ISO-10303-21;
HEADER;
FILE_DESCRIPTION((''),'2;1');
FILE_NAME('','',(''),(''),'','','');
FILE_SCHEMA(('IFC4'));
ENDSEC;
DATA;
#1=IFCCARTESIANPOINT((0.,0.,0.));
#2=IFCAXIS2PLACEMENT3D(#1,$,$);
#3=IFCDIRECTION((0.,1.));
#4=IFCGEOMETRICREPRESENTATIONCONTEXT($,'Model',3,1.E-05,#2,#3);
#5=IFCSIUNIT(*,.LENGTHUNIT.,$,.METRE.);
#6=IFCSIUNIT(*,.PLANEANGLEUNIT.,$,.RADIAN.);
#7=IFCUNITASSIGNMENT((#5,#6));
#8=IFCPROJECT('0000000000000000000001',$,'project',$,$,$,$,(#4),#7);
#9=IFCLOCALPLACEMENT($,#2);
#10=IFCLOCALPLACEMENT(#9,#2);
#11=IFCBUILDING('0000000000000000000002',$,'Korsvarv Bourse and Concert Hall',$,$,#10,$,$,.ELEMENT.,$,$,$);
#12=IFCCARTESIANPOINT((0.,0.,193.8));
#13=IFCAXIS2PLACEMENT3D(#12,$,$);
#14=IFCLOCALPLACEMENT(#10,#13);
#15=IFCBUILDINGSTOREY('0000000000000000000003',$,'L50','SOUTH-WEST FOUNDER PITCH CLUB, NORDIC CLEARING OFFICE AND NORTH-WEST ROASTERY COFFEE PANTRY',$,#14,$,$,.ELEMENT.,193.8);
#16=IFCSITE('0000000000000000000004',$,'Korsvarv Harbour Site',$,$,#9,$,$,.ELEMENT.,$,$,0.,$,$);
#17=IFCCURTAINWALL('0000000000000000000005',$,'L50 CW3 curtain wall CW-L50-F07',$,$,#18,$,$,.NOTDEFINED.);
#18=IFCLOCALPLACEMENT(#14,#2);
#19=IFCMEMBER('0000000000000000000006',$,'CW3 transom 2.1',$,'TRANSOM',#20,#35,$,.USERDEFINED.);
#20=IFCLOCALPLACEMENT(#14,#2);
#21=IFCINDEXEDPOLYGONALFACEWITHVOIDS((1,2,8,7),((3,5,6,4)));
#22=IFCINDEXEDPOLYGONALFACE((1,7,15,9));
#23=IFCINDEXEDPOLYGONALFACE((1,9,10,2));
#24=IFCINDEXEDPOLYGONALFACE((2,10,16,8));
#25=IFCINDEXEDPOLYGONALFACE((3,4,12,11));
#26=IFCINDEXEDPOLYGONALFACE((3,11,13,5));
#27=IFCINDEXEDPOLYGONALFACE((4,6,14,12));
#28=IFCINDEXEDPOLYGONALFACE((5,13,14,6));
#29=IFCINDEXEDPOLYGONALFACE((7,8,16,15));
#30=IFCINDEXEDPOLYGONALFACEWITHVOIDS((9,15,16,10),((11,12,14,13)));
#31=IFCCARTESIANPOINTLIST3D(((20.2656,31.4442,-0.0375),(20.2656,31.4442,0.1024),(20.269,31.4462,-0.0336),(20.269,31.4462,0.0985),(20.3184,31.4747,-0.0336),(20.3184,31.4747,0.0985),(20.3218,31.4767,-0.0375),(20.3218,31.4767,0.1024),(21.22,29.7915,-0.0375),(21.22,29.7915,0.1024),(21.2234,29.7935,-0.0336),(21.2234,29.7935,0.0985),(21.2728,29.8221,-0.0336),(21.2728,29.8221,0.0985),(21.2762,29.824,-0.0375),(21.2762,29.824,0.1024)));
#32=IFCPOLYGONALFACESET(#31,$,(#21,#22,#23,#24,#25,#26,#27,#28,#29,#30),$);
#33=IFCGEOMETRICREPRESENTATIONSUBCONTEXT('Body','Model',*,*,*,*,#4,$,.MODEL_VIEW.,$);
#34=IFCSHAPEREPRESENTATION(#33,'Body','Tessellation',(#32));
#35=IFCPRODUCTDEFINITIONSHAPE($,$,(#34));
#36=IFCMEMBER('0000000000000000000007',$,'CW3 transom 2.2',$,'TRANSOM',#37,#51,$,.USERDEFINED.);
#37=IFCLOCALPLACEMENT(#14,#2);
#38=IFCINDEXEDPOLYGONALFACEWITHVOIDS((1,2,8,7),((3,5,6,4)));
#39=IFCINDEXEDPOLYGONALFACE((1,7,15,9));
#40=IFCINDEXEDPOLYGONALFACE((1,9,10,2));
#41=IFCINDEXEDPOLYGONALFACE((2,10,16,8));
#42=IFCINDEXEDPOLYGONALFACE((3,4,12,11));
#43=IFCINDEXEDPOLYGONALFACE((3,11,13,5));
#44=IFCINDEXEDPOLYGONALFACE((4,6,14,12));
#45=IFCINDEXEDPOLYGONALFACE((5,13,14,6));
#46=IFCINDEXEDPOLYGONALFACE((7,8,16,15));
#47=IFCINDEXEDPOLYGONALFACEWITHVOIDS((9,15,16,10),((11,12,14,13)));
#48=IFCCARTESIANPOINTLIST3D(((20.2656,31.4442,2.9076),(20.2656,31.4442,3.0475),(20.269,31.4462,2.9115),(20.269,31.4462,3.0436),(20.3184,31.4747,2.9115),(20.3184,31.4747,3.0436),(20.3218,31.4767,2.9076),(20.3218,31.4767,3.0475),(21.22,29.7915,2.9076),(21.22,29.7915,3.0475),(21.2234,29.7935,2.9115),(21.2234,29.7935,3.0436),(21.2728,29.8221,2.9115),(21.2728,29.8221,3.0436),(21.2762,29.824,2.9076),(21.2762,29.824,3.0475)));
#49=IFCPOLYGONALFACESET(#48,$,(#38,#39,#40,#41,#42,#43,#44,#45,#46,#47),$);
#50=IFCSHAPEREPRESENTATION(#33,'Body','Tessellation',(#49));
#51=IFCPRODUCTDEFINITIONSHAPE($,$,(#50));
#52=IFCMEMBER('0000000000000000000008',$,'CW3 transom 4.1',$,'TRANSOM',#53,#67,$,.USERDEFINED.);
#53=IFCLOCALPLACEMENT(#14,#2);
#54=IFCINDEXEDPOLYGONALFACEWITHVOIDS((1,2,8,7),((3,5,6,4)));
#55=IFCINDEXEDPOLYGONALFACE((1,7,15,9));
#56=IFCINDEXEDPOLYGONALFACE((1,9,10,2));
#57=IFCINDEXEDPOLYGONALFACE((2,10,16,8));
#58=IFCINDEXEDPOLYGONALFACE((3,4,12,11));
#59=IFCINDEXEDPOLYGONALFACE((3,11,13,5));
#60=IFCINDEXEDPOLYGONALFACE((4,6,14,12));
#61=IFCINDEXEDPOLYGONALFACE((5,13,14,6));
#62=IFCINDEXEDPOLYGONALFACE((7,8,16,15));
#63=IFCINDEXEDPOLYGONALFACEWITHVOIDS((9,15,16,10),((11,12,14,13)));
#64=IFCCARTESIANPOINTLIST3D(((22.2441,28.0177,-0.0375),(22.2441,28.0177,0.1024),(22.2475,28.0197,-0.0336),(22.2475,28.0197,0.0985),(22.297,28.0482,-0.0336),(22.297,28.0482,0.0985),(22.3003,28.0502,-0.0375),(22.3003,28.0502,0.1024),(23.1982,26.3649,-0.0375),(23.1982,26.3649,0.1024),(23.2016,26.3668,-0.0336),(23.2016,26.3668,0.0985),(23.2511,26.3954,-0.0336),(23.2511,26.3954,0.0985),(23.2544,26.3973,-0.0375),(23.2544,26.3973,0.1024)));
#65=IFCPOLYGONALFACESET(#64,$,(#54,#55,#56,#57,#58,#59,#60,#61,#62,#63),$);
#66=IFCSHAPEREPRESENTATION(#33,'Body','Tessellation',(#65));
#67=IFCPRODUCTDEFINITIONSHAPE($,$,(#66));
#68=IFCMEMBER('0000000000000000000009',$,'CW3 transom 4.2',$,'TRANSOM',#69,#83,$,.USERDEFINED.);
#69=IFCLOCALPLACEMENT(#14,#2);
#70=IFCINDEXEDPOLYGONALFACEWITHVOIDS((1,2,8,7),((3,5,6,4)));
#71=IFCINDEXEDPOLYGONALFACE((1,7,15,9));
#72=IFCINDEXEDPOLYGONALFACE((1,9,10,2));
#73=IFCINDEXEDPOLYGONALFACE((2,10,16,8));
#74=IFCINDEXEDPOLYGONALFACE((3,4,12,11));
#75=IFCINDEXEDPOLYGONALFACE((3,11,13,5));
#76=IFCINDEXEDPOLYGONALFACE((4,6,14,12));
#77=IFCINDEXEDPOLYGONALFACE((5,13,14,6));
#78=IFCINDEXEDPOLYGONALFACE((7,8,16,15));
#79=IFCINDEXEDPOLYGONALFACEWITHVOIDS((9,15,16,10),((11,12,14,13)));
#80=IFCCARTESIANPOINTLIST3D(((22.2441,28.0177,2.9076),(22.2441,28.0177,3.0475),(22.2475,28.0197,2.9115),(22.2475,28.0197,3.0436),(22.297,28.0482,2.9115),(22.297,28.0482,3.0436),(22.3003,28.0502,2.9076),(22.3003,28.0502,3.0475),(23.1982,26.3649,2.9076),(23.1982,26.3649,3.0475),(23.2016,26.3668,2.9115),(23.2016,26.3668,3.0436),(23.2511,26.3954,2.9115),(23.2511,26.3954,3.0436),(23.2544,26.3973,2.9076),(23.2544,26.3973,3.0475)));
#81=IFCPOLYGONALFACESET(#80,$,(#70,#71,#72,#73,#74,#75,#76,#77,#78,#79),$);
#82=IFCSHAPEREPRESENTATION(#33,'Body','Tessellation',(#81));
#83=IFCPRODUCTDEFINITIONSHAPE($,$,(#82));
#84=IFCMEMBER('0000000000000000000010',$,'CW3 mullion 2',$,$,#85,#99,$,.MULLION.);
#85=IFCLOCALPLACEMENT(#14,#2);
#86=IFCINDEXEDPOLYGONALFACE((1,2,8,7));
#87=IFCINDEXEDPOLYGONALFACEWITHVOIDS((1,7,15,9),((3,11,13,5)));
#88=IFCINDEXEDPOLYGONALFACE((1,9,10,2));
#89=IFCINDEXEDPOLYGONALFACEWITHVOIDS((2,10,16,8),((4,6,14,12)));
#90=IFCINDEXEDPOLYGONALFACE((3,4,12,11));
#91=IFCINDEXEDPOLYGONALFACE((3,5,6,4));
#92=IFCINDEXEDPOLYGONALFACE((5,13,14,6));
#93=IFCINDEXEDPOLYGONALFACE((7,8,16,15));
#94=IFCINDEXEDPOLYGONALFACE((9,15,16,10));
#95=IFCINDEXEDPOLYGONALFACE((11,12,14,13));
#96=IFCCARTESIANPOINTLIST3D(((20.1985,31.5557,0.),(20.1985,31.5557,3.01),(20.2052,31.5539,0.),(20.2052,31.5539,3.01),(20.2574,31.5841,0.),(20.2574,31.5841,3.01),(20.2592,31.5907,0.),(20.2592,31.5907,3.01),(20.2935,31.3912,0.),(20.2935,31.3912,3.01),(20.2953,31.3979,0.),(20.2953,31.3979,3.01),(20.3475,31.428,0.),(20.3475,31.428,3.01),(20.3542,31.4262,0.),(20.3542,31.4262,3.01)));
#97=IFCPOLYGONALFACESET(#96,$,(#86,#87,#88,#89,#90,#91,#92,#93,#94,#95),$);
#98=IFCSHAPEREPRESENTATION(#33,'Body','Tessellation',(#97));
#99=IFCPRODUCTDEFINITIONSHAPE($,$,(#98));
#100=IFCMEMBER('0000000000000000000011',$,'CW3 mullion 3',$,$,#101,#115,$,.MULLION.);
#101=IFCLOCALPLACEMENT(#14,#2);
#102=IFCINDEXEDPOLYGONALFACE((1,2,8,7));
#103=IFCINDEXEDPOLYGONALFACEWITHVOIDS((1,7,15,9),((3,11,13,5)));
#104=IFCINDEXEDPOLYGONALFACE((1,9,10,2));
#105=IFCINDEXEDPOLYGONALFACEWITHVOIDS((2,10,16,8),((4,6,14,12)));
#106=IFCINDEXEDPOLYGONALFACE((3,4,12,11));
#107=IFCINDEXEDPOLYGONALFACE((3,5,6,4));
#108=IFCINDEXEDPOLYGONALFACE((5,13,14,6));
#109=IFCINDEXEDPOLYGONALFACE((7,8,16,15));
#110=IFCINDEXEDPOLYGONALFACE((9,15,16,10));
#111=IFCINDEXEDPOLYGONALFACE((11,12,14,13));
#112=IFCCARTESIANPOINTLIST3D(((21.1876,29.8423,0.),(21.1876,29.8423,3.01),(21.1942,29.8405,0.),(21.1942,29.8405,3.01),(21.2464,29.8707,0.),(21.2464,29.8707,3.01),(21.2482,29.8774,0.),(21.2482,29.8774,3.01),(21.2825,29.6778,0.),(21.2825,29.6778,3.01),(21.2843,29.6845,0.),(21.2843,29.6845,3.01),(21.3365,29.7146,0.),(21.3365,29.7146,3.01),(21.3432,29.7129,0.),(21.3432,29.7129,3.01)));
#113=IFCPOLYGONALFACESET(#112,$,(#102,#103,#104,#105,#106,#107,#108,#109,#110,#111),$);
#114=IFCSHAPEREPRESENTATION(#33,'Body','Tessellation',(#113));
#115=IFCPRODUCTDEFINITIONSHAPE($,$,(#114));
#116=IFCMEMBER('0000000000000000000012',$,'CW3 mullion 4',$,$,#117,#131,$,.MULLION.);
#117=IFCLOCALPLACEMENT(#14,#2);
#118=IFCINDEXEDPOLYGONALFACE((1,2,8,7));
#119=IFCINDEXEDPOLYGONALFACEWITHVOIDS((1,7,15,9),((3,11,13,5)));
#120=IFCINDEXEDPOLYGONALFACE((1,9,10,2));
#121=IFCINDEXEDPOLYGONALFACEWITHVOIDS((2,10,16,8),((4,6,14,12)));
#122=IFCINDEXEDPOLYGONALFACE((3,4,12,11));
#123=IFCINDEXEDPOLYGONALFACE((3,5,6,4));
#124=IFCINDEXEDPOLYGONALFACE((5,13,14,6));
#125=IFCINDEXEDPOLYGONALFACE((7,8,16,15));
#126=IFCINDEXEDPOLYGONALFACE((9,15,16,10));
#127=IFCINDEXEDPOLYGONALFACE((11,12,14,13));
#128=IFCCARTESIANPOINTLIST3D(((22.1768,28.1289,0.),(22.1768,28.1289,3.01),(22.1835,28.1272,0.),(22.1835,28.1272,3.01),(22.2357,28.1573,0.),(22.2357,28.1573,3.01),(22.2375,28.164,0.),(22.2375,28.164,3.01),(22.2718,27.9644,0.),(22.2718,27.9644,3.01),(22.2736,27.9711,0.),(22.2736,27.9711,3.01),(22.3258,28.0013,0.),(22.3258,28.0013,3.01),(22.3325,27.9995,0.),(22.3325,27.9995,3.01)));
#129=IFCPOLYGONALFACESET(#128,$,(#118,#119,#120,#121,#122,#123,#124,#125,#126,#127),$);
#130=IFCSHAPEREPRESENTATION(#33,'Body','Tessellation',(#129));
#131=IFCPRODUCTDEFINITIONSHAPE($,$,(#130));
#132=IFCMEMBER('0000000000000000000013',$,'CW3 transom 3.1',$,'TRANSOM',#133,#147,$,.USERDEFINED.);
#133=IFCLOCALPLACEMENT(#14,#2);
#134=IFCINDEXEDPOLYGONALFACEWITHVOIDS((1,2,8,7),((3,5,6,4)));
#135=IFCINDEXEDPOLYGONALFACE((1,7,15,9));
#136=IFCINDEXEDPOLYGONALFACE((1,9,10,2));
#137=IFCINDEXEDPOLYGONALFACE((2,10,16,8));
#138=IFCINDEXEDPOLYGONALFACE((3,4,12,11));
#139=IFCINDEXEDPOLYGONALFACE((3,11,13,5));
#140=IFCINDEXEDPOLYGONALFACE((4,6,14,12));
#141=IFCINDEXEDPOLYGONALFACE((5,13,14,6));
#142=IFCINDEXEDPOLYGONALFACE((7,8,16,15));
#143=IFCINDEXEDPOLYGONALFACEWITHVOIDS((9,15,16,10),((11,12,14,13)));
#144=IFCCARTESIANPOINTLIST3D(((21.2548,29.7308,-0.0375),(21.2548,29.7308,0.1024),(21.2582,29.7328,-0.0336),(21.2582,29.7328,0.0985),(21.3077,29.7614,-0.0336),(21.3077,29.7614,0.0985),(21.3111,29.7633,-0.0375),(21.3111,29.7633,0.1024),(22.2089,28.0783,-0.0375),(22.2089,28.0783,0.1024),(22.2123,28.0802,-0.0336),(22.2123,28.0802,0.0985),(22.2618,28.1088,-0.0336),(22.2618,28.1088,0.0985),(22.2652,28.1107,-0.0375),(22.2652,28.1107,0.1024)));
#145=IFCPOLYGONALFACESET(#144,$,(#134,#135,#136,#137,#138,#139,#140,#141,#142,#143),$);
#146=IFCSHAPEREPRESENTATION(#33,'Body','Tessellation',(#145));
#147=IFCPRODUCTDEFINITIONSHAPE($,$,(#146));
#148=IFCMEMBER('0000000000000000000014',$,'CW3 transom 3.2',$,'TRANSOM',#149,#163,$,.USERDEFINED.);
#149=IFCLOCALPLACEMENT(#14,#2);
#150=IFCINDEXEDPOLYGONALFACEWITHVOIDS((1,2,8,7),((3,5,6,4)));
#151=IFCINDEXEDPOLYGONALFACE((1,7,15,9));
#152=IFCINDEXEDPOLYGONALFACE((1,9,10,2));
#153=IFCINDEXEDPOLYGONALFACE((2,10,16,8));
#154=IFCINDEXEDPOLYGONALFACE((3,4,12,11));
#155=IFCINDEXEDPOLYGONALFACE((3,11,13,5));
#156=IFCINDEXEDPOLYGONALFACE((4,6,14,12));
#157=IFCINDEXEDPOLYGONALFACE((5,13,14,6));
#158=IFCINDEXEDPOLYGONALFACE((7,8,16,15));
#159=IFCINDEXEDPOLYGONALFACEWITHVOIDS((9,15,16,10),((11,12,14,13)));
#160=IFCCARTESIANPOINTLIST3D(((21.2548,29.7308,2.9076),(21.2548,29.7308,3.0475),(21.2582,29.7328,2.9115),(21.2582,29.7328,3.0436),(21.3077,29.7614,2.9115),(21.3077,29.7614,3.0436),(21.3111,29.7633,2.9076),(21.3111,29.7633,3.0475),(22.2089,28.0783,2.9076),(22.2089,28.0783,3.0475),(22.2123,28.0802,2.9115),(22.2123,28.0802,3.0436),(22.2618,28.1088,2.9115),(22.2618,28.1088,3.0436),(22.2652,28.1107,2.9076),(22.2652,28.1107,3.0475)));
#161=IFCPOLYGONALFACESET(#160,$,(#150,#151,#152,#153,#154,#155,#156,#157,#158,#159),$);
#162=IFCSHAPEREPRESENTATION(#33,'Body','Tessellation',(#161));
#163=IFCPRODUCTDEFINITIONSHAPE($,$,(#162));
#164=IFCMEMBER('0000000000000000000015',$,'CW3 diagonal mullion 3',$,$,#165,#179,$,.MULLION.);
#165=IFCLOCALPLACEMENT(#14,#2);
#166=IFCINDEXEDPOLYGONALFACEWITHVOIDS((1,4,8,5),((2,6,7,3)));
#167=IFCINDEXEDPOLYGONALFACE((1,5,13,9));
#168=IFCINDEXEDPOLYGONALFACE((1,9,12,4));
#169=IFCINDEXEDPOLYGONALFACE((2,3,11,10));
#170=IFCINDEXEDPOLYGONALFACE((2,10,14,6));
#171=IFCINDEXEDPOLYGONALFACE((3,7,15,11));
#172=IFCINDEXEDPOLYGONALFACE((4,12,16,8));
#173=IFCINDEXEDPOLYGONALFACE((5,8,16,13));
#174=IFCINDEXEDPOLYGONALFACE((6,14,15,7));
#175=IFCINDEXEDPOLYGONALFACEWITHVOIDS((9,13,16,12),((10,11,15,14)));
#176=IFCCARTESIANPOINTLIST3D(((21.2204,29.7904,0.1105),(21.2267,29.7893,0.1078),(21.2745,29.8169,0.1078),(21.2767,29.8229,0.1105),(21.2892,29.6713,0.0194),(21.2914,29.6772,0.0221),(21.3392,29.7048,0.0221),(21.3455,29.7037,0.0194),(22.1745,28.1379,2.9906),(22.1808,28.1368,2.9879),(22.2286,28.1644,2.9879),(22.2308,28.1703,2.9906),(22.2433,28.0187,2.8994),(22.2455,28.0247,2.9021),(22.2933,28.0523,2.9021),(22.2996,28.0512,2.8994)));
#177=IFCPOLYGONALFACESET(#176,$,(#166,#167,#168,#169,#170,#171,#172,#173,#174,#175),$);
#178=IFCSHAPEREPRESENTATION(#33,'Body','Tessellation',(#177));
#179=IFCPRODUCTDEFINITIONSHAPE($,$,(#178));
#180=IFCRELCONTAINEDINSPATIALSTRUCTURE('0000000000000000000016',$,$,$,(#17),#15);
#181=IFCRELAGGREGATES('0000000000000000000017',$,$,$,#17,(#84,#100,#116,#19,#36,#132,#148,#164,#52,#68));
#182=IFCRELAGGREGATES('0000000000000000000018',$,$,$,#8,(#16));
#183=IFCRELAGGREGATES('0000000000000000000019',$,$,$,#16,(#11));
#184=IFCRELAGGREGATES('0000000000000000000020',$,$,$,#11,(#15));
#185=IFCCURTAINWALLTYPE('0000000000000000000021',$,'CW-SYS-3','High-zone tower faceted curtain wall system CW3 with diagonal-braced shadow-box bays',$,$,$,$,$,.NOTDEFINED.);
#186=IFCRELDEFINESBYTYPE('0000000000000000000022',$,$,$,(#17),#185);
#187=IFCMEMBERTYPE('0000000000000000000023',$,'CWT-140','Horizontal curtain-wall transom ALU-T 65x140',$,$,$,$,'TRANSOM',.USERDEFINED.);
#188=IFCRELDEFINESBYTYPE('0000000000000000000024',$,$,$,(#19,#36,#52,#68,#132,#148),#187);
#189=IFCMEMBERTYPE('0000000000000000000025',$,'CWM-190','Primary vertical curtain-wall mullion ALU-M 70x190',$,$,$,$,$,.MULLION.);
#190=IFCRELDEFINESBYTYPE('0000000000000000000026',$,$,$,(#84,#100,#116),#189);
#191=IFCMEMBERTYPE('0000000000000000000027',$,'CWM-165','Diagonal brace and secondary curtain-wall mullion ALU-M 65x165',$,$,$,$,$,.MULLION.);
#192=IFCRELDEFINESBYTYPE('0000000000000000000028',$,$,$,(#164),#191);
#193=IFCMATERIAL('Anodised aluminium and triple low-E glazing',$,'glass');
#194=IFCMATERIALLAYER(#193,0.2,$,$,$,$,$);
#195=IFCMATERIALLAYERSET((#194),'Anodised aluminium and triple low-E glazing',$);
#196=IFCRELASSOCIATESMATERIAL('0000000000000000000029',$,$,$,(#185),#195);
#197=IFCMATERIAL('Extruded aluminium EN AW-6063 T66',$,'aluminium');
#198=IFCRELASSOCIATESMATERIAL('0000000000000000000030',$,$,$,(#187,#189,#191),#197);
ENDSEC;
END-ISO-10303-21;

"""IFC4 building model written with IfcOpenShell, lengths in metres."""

from ifc_helpers import new_model, si_unit, direction, frame, origin, origin_2d, place, context, subcontext, project, spatial, hollow_rectangle, extrude, source, transform, mapped, material, layer, layer_set, material_profile, profile_set, type_object, element, aggregate, save


model = new_model("IFC4")

# Units and contexts
model_context = context("Model", 3, precision=1e-05, world=origin(), true_north=direction((0.0, 1.0)))
body_context = subcontext(model_context, "Body", "Model", "MODEL_VIEW")
ifc_project = project(units=[si_unit("LENGTHUNIT", "METRE"), si_unit("PLANEANGLEUNIT", "RADIAN")], contexts=[model_context])

# Site, building, storey
site_placement = place(None, origin())
site = spatial("IfcSite", under=ifc_project, at=site_placement, Name="Korsvarv Harbour Site", CompositionType="ELEMENT", RefElevation=0.0)
building_placement = place(site_placement, origin())
building = spatial("IfcBuilding", under=site, at=building_placement, Name="Korsvarv Bourse and Concert Hall", CompositionType="ELEMENT")
storey_placement = place(building_placement, frame((0.0, 0.0, 193.8)))
storey = spatial("IfcBuildingStorey", under=building, at=storey_placement, Name="L50", Description="SOUTH-WEST FOUNDER PITCH CLUB, NORDIC CLEARING OFFICE AND NORTH-WEST ROASTERY COFFEE PANTRY", CompositionType="ELEMENT", Elevation=193.8)

# Curtain wall, members
ifc_material_1 = material(Name="Anodised aluminium and triple low-E glazing", Category="glass")
ifc_layer_1 = layer(ifc_material_1, 0.2)
ifc_layer_set_1 = layer_set([ifc_layer_1], Name="Anodised aluminium and triple low-E glazing")
curtain_wall_type = type_object("IfcCurtainWallType", Name="CW-SYS-3", Description="High-zone tower faceted curtain wall system CW3 with diagonal-braced shadow-box bays", PredefinedType="NOTDEFINED", material=ifc_layer_set_1)
curtain_wall_placement = place(storey_placement, origin())
curtain_wall = element("IfcCurtainWall", 1, at=curtain_wall_placement, inside=storey, type_object=curtain_wall_type, Name="L50 CW3 curtain wall CW-L50-F07", PredefinedType="NOTDEFINED")
ifc_material_2 = material(Name="Extruded aluminium EN AW-6063 T66", Category="aluminium")
ifc_material_profile_1 = material_profile(ifc_material_2, hollow_rectangle(XDim=0.0649, YDim=0.1399, WallThickness=0.0039, at=origin_2d()), Name="ALU-T 65x140")
ifc_profile_set_1 = profile_set([ifc_material_profile_1], Name="Extruded aluminium EN AW-6063 T66")
member_type_1 = type_object("IfcMemberType", Name="CWT-140", Description="Horizontal curtain-wall transom ALU-T 65x140", ElementType="TRANSOM", PredefinedType="USERDEFINED", material=ifc_profile_set_1)
shared_shape_1 = source(origin(), body_context, "Body", "SweptSolid", [
    extrude(hollow_rectangle(XDim=0.0649, YDim=0.1399, WallThickness=0.0039, at=origin_2d()), origin(), (0.0, 0.0, 1.0), 1.9084),
])
member_1_placement = place(storey_placement, frame((20.2937, 31.4604, 0.0325), z_axis=(0.500088, -0.865975, 0.0), x_axis=(0.865975, 0.500088, 0.0)))
member_1 = element("IfcMember", 2, at=member_1_placement, type_object=member_type_1, Name="CW3 transom 2.1", ObjectType="TRANSOM", PredefinedType="USERDEFINED", context=body_context, shape_type="MappedRepresentation", body=[
    mapped(shared_shape_1, transform((0.0, 0.0, 0.0), scale=1.0)),
])
member_2_placement = place(storey_placement, frame((20.2937, 31.4604, 2.9775), z_axis=(0.500088, -0.865975, 0.0), x_axis=(0.865975, 0.500088, 0.0)))
member_2 = element("IfcMember", 3, at=member_2_placement, type_object=member_type_1, Name="CW3 transom 2.2", ObjectType="TRANSOM", PredefinedType="USERDEFINED", context=body_context, shape_type="MappedRepresentation", body=[
    mapped(shared_shape_1, transform((0.0, 0.0, 0.0), scale=1.0)),
])
member_3_placement = place(storey_placement, frame((22.2722, 28.0339, 0.0325), z_axis=(0.499937, -0.866062, 0.0), x_axis=(0.866062, 0.499937, 0.0)))
member_3 = element("IfcMember", 4, at=member_3_placement, type_object=member_type_1, Name="CW3 transom 4.1", ObjectType="TRANSOM", PredefinedType="USERDEFINED", context=body_context, shape_type="MappedRepresentation", body=[
    mapped(shared_shape_1, transform((0.0, 0.0, 0.0), scale=1.0)),
])
member_4_placement = place(storey_placement, frame((22.2722, 28.0339, 2.9775), z_axis=(0.499937, -0.866062, 0.0), x_axis=(0.866062, 0.499937, 0.0)))
member_4 = element("IfcMember", 5, at=member_4_placement, type_object=member_type_1, Name="CW3 transom 4.2", ObjectType="TRANSOM", PredefinedType="USERDEFINED", context=body_context, shape_type="MappedRepresentation", body=[
    mapped(shared_shape_1, transform((0.0, 0.0, 0.0), scale=1.0)),
])
ifc_material_profile_2 = material_profile(ifc_material_2, hollow_rectangle(XDim=0.0701, YDim=0.1899, WallThickness=0.0049, at=origin_2d()), Name="ALU-M 70x190")
ifc_profile_set_2 = profile_set([ifc_material_profile_2], Name="Extruded aluminium EN AW-6063 T66")
member_type_2 = type_object("IfcMemberType", Name="CWM-190", Description="Primary vertical curtain-wall mullion ALU-M 70x190", PredefinedType="MULLION", material=ifc_profile_set_2)
shared_shape_2 = source(origin(), body_context, "Body", "SweptSolid", [
    extrude(hollow_rectangle(XDim=0.0701, YDim=0.1899, WallThickness=0.0049, at=origin_2d()), origin(), (0.0, 0.0, 1.0), 3.01),
])
member_5_placement = place(storey_placement, frame((20.2764, 31.491, 0.0), z_axis=(0.0, 0.0, 1.0), x_axis=(0.86603, 0.499993, 0.0)))
member_5 = element("IfcMember", 6, at=member_5_placement, type_object=member_type_2, Name="CW3 mullion 2", PredefinedType="MULLION", context=body_context, shape_type="MappedRepresentation", body=[
    mapped(shared_shape_2, transform((0.0, 0.0, 0.0), scale=1.0)),
])
member_6_placement = place(storey_placement, frame((21.2654, 29.7776, 0.0), z_axis=(0.0, 0.0, 1.0), x_axis=(0.86603, 0.499993, 0.0)))
member_6 = element("IfcMember", 7, at=member_6_placement, type_object=member_type_2, Name="CW3 mullion 3", PredefinedType="MULLION", context=body_context, shape_type="MappedRepresentation", body=[
    mapped(shared_shape_2, transform((0.0, 0.0, 0.0), scale=1.0)),
])
member_7_placement = place(storey_placement, frame((22.2546, 28.0642, 0.0), z_axis=(0.0, 0.0, 1.0), x_axis=(0.86603, 0.499993, 0.0)))
member_7 = element("IfcMember", 8, at=member_7_placement, type_object=member_type_2, Name="CW3 mullion 4", PredefinedType="MULLION", context=body_context, shape_type="MappedRepresentation", body=[
    mapped(shared_shape_2, transform((0.0, 0.0, 0.0), scale=1.0)),
])
shared_shape_3 = source(origin(), body_context, "Body", "SweptSolid", [
    extrude(hollow_rectangle(XDim=0.0649, YDim=0.1399, WallThickness=0.0039, at=origin_2d()), origin(), (0.0, 0.0, 1.0), 1.9082),
])
member_8_placement = place(storey_placement, frame((21.283, 29.7471, 0.0325), z_axis=(0.499992, -0.86603, 0.0), x_axis=(0.86603, 0.499992, 0.0)))
member_8 = element("IfcMember", 9, at=member_8_placement, type_object=member_type_1, Name="CW3 transom 3.1", ObjectType="TRANSOM", PredefinedType="USERDEFINED", context=body_context, shape_type="MappedRepresentation", body=[
    mapped(shared_shape_3, transform((0.0, 0.0, 0.0), scale=1.0)),
])
member_9_placement = place(storey_placement, frame((21.283, 29.7471, 2.9775), z_axis=(0.499992, -0.86603, 0.0), x_axis=(0.86603, 0.499992, 0.0)))
member_9 = element("IfcMember", 10, at=member_9_placement, type_object=member_type_1, Name="CW3 transom 3.2", ObjectType="TRANSOM", PredefinedType="USERDEFINED", context=body_context, shape_type="MappedRepresentation", body=[
    mapped(shared_shape_3, transform((0.0, 0.0, 0.0), scale=1.0)),
])
ifc_material_profile_3 = material_profile(ifc_material_2, hollow_rectangle(XDim=0.0649, YDim=0.165, WallThickness=0.0049, at=origin_2d()), Name="ALU-M 65x165")
ifc_profile_set_3 = profile_set([ifc_material_profile_3], Name="Extruded aluminium EN AW-6063 T66")
member_type_3 = type_object("IfcMemberType", Name="CWM-165", Description="Diagonal brace and secondary curtain-wall mullion ALU-M 65x165", PredefinedType="MULLION", material=ifc_profile_set_3)
shared_shape_4 = source(origin(), body_context, "Body", "SweptSolid", [
    extrude(hollow_rectangle(XDim=0.0649, YDim=0.165, WallThickness=0.0049, at=origin_2d()), origin(), (0.0, 0.0, 1.0), 3.4548),
])
member_10_placement = place(storey_placement, frame((21.283, 29.7471, 0.0649), z_axis=(0.276157, -0.478329, 0.83363), x_axis=(0.86603, 0.499992, 0.0)))
member_10 = element("IfcMember", 11, at=member_10_placement, type_object=member_type_3, Name="CW3 diagonal mullion 3", PredefinedType="MULLION", context=body_context, shape_type="MappedRepresentation", body=[
    mapped(shared_shape_4, transform((0.0, 0.0, 0.0), scale=1.0)),
])

aggregate(curtain_wall, [member_5, member_6, member_7, member_1, member_2, member_8, member_9, member_10, member_3, member_4])

save(model, "model.ifc")
